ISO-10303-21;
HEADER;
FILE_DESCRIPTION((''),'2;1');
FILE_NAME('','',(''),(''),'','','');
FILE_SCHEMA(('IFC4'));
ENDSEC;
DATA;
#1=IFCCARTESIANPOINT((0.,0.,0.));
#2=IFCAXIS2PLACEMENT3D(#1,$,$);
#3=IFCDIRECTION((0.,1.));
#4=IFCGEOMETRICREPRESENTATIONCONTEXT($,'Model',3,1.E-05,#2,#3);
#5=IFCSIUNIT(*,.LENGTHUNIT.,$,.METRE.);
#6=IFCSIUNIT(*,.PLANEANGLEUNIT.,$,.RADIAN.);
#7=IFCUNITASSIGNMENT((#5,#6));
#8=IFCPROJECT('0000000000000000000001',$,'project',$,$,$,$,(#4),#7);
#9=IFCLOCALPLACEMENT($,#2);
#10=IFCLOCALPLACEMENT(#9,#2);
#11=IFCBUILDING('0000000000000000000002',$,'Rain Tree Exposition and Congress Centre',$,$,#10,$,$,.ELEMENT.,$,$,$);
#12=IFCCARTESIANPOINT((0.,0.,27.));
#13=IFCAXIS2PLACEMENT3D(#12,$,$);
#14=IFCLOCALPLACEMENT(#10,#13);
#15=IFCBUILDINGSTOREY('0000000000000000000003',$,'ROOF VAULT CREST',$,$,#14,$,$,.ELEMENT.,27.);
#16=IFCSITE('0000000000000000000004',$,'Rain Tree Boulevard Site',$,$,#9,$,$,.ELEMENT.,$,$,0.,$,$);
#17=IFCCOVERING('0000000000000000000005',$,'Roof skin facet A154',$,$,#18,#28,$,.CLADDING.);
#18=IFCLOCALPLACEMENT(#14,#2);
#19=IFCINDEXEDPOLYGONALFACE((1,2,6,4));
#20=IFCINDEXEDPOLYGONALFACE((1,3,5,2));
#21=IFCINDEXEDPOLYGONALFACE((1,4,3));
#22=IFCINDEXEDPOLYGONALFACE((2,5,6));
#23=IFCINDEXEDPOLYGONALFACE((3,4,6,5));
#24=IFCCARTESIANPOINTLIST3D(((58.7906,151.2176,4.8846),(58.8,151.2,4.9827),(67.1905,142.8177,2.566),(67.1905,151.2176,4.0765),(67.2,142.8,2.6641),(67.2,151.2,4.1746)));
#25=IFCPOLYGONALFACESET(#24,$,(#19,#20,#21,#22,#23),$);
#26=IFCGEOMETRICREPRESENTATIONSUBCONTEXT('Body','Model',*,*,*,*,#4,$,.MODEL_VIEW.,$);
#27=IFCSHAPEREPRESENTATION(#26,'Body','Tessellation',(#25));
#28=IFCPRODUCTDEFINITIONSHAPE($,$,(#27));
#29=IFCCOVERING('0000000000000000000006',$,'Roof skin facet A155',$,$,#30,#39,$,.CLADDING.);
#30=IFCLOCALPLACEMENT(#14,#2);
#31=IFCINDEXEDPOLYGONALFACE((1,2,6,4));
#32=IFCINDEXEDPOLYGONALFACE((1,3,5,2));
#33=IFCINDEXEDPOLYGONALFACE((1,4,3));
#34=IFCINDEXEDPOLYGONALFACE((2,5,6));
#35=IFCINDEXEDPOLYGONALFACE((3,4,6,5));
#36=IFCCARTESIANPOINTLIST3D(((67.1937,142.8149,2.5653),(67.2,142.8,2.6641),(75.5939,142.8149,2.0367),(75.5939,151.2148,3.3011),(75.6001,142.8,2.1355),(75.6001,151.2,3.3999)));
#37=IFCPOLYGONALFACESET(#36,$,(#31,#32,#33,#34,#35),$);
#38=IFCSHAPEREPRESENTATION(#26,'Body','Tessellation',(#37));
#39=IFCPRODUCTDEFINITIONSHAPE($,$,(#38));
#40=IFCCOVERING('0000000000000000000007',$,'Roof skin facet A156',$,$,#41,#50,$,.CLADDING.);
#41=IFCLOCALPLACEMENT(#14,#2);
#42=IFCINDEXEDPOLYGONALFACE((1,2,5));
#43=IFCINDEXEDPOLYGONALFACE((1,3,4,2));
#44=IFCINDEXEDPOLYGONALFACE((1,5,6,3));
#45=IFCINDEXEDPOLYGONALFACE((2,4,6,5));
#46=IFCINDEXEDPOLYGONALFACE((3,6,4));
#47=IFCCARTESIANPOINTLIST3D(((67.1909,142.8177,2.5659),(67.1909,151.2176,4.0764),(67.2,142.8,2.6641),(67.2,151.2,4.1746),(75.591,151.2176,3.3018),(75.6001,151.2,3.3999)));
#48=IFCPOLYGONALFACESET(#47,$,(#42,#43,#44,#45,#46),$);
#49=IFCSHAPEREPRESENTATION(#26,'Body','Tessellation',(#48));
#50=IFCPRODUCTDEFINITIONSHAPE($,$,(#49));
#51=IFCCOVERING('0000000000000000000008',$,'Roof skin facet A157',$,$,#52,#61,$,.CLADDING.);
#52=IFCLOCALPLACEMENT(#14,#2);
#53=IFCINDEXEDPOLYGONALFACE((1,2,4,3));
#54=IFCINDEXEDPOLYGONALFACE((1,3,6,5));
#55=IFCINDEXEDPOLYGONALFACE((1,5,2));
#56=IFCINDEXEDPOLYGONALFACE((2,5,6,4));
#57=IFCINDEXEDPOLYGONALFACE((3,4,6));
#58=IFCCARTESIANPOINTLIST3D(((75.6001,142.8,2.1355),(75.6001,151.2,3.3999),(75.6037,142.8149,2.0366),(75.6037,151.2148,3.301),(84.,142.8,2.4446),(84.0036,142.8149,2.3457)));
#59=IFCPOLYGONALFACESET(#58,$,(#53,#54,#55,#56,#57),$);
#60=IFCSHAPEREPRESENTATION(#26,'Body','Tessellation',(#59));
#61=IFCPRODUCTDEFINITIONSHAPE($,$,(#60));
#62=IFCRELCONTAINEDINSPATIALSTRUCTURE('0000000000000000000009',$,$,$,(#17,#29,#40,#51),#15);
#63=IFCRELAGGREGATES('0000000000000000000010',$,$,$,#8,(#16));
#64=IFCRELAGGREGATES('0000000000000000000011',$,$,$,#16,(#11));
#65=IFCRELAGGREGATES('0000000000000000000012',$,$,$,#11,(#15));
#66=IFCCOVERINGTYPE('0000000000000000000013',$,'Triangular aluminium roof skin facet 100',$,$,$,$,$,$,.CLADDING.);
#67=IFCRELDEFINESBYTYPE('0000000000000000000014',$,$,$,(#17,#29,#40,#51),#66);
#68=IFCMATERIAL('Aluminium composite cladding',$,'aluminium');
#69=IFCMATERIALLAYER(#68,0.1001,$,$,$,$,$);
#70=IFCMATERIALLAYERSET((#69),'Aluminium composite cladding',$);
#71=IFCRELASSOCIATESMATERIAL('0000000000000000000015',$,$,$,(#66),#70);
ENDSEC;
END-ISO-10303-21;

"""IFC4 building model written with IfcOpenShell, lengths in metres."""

from ifc_helpers import new_model, si_unit, direction, frame, origin, place, context, subcontext, project, spatial, polyline, outline, extrude, material, layer, layer_set, type_object, element, save


model = new_model("IFC4")

# Units and contexts
model_context = context("Model", 3, precision=1e-05, world=origin(), true_north=direction((0.0, 1.0)))
body_context = subcontext(model_context, "Body", "Model", "MODEL_VIEW")
ifc_project = project(units=[si_unit("LENGTHUNIT", "METRE"), si_unit("PLANEANGLEUNIT", "RADIAN")], contexts=[model_context])

# Site, building, storey
site_placement = place(None, origin())
site = spatial("IfcSite", under=ifc_project, at=site_placement, Name="Rain Tree Boulevard Site", CompositionType="ELEMENT", RefElevation=0.0)
building_placement = place(site_placement, origin())
building = spatial("IfcBuilding", under=site, at=building_placement, Name="Rain Tree Exposition and Congress Centre", CompositionType="ELEMENT")
storey_placement = place(building_placement, frame((0.0, 0.0, 27.0)))
storey = spatial("IfcBuildingStorey", under=building, at=storey_placement, Name="ROOF VAULT CREST", CompositionType="ELEMENT", Elevation=27.0)

# Coverings
ifc_material = material(Name="Aluminium composite cladding", Category="aluminium")
ifc_layer = layer(ifc_material, 0.1001)
ifc_layer_set = layer_set([ifc_layer], Name="Aluminium composite cladding")
covering_type = type_object("IfcCoveringType", Name="Triangular aluminium roof skin facet 100", PredefinedType="CLADDING", material=ifc_layer_set)
covering_1_placement = place(storey_placement, frame((67.2, 142.8, 2.6641), z_axis=(0.094264, -0.176196, 0.979831), x_axis=(0.0, 0.984214, 0.176985)))
element("IfcCovering", 1, at=covering_1_placement, inside=storey, type_object=covering_type, Name="Roof skin facet A154", PredefinedType="CLADDING", context=body_context, shape_type="SweptSolid", body=[
    extrude(outline(polyline([(0.0, 0.0), (8.5346, 0.0), (8.6777, 8.4375), (0.0, 0.0)])), origin(), (0.0, 0.0, -1.0), 0.1001),
])
covering_2_placement = place(storey_placement, frame((67.2, 142.8, 2.6641), z_axis=(0.062102, -0.148562, 0.986951), x_axis=(0.998026, 0.0, -0.062799)))
element("IfcCovering", 2, at=covering_2_placement, inside=storey, type_object=covering_type, Name="Roof skin facet A155", PredefinedType="CLADDING", context=body_context, shape_type="SweptSolid", body=[
    extrude(outline(polyline([(0.0, 0.0), (8.4168, 0.0), (8.3374, 8.4942), (0.0, 0.0)])), origin(), (0.0, 0.0, -1.0), 0.1001),
])
covering_3_placement = place(storey_placement, frame((67.2, 142.8, 2.6641), z_axis=(0.090392, -0.17626, 0.980185), x_axis=(0.705764, 0.705744, 0.061824)))
element("IfcCovering", 3, at=covering_3_placement, inside=storey, type_object=covering_type, Name="Roof skin facet A156", PredefinedType="CLADDING", context=body_context, shape_type="SweptSolid", body=[
    extrude(outline(polyline([(0.0, 0.0), (11.9022, 0.0), (6.0216, 6.0482), (0.0, 0.0)])), origin(), (0.0, 0.0, -1.0), 0.1001),
])
covering_4_placement = place(storey_placement, frame((75.6001, 142.8, 2.1355), z_axis=(-0.036362, -0.148751, 0.988206), x_axis=(0.999324, 0.0, 0.036771)))
element("IfcCovering", 4, at=covering_4_placement, inside=storey, type_object=covering_type, Name="Roof skin facet A157", PredefinedType="CLADDING", context=body_context, shape_type="SweptSolid", body=[
    extrude(outline(polyline([(0.0, 0.0), (8.4056, 0.0), (0.0465, 8.4944), (0.0, 0.0)])), origin(), (0.0, 0.0, -1.0), 0.1001),
])

save(model, "model.ifc")
